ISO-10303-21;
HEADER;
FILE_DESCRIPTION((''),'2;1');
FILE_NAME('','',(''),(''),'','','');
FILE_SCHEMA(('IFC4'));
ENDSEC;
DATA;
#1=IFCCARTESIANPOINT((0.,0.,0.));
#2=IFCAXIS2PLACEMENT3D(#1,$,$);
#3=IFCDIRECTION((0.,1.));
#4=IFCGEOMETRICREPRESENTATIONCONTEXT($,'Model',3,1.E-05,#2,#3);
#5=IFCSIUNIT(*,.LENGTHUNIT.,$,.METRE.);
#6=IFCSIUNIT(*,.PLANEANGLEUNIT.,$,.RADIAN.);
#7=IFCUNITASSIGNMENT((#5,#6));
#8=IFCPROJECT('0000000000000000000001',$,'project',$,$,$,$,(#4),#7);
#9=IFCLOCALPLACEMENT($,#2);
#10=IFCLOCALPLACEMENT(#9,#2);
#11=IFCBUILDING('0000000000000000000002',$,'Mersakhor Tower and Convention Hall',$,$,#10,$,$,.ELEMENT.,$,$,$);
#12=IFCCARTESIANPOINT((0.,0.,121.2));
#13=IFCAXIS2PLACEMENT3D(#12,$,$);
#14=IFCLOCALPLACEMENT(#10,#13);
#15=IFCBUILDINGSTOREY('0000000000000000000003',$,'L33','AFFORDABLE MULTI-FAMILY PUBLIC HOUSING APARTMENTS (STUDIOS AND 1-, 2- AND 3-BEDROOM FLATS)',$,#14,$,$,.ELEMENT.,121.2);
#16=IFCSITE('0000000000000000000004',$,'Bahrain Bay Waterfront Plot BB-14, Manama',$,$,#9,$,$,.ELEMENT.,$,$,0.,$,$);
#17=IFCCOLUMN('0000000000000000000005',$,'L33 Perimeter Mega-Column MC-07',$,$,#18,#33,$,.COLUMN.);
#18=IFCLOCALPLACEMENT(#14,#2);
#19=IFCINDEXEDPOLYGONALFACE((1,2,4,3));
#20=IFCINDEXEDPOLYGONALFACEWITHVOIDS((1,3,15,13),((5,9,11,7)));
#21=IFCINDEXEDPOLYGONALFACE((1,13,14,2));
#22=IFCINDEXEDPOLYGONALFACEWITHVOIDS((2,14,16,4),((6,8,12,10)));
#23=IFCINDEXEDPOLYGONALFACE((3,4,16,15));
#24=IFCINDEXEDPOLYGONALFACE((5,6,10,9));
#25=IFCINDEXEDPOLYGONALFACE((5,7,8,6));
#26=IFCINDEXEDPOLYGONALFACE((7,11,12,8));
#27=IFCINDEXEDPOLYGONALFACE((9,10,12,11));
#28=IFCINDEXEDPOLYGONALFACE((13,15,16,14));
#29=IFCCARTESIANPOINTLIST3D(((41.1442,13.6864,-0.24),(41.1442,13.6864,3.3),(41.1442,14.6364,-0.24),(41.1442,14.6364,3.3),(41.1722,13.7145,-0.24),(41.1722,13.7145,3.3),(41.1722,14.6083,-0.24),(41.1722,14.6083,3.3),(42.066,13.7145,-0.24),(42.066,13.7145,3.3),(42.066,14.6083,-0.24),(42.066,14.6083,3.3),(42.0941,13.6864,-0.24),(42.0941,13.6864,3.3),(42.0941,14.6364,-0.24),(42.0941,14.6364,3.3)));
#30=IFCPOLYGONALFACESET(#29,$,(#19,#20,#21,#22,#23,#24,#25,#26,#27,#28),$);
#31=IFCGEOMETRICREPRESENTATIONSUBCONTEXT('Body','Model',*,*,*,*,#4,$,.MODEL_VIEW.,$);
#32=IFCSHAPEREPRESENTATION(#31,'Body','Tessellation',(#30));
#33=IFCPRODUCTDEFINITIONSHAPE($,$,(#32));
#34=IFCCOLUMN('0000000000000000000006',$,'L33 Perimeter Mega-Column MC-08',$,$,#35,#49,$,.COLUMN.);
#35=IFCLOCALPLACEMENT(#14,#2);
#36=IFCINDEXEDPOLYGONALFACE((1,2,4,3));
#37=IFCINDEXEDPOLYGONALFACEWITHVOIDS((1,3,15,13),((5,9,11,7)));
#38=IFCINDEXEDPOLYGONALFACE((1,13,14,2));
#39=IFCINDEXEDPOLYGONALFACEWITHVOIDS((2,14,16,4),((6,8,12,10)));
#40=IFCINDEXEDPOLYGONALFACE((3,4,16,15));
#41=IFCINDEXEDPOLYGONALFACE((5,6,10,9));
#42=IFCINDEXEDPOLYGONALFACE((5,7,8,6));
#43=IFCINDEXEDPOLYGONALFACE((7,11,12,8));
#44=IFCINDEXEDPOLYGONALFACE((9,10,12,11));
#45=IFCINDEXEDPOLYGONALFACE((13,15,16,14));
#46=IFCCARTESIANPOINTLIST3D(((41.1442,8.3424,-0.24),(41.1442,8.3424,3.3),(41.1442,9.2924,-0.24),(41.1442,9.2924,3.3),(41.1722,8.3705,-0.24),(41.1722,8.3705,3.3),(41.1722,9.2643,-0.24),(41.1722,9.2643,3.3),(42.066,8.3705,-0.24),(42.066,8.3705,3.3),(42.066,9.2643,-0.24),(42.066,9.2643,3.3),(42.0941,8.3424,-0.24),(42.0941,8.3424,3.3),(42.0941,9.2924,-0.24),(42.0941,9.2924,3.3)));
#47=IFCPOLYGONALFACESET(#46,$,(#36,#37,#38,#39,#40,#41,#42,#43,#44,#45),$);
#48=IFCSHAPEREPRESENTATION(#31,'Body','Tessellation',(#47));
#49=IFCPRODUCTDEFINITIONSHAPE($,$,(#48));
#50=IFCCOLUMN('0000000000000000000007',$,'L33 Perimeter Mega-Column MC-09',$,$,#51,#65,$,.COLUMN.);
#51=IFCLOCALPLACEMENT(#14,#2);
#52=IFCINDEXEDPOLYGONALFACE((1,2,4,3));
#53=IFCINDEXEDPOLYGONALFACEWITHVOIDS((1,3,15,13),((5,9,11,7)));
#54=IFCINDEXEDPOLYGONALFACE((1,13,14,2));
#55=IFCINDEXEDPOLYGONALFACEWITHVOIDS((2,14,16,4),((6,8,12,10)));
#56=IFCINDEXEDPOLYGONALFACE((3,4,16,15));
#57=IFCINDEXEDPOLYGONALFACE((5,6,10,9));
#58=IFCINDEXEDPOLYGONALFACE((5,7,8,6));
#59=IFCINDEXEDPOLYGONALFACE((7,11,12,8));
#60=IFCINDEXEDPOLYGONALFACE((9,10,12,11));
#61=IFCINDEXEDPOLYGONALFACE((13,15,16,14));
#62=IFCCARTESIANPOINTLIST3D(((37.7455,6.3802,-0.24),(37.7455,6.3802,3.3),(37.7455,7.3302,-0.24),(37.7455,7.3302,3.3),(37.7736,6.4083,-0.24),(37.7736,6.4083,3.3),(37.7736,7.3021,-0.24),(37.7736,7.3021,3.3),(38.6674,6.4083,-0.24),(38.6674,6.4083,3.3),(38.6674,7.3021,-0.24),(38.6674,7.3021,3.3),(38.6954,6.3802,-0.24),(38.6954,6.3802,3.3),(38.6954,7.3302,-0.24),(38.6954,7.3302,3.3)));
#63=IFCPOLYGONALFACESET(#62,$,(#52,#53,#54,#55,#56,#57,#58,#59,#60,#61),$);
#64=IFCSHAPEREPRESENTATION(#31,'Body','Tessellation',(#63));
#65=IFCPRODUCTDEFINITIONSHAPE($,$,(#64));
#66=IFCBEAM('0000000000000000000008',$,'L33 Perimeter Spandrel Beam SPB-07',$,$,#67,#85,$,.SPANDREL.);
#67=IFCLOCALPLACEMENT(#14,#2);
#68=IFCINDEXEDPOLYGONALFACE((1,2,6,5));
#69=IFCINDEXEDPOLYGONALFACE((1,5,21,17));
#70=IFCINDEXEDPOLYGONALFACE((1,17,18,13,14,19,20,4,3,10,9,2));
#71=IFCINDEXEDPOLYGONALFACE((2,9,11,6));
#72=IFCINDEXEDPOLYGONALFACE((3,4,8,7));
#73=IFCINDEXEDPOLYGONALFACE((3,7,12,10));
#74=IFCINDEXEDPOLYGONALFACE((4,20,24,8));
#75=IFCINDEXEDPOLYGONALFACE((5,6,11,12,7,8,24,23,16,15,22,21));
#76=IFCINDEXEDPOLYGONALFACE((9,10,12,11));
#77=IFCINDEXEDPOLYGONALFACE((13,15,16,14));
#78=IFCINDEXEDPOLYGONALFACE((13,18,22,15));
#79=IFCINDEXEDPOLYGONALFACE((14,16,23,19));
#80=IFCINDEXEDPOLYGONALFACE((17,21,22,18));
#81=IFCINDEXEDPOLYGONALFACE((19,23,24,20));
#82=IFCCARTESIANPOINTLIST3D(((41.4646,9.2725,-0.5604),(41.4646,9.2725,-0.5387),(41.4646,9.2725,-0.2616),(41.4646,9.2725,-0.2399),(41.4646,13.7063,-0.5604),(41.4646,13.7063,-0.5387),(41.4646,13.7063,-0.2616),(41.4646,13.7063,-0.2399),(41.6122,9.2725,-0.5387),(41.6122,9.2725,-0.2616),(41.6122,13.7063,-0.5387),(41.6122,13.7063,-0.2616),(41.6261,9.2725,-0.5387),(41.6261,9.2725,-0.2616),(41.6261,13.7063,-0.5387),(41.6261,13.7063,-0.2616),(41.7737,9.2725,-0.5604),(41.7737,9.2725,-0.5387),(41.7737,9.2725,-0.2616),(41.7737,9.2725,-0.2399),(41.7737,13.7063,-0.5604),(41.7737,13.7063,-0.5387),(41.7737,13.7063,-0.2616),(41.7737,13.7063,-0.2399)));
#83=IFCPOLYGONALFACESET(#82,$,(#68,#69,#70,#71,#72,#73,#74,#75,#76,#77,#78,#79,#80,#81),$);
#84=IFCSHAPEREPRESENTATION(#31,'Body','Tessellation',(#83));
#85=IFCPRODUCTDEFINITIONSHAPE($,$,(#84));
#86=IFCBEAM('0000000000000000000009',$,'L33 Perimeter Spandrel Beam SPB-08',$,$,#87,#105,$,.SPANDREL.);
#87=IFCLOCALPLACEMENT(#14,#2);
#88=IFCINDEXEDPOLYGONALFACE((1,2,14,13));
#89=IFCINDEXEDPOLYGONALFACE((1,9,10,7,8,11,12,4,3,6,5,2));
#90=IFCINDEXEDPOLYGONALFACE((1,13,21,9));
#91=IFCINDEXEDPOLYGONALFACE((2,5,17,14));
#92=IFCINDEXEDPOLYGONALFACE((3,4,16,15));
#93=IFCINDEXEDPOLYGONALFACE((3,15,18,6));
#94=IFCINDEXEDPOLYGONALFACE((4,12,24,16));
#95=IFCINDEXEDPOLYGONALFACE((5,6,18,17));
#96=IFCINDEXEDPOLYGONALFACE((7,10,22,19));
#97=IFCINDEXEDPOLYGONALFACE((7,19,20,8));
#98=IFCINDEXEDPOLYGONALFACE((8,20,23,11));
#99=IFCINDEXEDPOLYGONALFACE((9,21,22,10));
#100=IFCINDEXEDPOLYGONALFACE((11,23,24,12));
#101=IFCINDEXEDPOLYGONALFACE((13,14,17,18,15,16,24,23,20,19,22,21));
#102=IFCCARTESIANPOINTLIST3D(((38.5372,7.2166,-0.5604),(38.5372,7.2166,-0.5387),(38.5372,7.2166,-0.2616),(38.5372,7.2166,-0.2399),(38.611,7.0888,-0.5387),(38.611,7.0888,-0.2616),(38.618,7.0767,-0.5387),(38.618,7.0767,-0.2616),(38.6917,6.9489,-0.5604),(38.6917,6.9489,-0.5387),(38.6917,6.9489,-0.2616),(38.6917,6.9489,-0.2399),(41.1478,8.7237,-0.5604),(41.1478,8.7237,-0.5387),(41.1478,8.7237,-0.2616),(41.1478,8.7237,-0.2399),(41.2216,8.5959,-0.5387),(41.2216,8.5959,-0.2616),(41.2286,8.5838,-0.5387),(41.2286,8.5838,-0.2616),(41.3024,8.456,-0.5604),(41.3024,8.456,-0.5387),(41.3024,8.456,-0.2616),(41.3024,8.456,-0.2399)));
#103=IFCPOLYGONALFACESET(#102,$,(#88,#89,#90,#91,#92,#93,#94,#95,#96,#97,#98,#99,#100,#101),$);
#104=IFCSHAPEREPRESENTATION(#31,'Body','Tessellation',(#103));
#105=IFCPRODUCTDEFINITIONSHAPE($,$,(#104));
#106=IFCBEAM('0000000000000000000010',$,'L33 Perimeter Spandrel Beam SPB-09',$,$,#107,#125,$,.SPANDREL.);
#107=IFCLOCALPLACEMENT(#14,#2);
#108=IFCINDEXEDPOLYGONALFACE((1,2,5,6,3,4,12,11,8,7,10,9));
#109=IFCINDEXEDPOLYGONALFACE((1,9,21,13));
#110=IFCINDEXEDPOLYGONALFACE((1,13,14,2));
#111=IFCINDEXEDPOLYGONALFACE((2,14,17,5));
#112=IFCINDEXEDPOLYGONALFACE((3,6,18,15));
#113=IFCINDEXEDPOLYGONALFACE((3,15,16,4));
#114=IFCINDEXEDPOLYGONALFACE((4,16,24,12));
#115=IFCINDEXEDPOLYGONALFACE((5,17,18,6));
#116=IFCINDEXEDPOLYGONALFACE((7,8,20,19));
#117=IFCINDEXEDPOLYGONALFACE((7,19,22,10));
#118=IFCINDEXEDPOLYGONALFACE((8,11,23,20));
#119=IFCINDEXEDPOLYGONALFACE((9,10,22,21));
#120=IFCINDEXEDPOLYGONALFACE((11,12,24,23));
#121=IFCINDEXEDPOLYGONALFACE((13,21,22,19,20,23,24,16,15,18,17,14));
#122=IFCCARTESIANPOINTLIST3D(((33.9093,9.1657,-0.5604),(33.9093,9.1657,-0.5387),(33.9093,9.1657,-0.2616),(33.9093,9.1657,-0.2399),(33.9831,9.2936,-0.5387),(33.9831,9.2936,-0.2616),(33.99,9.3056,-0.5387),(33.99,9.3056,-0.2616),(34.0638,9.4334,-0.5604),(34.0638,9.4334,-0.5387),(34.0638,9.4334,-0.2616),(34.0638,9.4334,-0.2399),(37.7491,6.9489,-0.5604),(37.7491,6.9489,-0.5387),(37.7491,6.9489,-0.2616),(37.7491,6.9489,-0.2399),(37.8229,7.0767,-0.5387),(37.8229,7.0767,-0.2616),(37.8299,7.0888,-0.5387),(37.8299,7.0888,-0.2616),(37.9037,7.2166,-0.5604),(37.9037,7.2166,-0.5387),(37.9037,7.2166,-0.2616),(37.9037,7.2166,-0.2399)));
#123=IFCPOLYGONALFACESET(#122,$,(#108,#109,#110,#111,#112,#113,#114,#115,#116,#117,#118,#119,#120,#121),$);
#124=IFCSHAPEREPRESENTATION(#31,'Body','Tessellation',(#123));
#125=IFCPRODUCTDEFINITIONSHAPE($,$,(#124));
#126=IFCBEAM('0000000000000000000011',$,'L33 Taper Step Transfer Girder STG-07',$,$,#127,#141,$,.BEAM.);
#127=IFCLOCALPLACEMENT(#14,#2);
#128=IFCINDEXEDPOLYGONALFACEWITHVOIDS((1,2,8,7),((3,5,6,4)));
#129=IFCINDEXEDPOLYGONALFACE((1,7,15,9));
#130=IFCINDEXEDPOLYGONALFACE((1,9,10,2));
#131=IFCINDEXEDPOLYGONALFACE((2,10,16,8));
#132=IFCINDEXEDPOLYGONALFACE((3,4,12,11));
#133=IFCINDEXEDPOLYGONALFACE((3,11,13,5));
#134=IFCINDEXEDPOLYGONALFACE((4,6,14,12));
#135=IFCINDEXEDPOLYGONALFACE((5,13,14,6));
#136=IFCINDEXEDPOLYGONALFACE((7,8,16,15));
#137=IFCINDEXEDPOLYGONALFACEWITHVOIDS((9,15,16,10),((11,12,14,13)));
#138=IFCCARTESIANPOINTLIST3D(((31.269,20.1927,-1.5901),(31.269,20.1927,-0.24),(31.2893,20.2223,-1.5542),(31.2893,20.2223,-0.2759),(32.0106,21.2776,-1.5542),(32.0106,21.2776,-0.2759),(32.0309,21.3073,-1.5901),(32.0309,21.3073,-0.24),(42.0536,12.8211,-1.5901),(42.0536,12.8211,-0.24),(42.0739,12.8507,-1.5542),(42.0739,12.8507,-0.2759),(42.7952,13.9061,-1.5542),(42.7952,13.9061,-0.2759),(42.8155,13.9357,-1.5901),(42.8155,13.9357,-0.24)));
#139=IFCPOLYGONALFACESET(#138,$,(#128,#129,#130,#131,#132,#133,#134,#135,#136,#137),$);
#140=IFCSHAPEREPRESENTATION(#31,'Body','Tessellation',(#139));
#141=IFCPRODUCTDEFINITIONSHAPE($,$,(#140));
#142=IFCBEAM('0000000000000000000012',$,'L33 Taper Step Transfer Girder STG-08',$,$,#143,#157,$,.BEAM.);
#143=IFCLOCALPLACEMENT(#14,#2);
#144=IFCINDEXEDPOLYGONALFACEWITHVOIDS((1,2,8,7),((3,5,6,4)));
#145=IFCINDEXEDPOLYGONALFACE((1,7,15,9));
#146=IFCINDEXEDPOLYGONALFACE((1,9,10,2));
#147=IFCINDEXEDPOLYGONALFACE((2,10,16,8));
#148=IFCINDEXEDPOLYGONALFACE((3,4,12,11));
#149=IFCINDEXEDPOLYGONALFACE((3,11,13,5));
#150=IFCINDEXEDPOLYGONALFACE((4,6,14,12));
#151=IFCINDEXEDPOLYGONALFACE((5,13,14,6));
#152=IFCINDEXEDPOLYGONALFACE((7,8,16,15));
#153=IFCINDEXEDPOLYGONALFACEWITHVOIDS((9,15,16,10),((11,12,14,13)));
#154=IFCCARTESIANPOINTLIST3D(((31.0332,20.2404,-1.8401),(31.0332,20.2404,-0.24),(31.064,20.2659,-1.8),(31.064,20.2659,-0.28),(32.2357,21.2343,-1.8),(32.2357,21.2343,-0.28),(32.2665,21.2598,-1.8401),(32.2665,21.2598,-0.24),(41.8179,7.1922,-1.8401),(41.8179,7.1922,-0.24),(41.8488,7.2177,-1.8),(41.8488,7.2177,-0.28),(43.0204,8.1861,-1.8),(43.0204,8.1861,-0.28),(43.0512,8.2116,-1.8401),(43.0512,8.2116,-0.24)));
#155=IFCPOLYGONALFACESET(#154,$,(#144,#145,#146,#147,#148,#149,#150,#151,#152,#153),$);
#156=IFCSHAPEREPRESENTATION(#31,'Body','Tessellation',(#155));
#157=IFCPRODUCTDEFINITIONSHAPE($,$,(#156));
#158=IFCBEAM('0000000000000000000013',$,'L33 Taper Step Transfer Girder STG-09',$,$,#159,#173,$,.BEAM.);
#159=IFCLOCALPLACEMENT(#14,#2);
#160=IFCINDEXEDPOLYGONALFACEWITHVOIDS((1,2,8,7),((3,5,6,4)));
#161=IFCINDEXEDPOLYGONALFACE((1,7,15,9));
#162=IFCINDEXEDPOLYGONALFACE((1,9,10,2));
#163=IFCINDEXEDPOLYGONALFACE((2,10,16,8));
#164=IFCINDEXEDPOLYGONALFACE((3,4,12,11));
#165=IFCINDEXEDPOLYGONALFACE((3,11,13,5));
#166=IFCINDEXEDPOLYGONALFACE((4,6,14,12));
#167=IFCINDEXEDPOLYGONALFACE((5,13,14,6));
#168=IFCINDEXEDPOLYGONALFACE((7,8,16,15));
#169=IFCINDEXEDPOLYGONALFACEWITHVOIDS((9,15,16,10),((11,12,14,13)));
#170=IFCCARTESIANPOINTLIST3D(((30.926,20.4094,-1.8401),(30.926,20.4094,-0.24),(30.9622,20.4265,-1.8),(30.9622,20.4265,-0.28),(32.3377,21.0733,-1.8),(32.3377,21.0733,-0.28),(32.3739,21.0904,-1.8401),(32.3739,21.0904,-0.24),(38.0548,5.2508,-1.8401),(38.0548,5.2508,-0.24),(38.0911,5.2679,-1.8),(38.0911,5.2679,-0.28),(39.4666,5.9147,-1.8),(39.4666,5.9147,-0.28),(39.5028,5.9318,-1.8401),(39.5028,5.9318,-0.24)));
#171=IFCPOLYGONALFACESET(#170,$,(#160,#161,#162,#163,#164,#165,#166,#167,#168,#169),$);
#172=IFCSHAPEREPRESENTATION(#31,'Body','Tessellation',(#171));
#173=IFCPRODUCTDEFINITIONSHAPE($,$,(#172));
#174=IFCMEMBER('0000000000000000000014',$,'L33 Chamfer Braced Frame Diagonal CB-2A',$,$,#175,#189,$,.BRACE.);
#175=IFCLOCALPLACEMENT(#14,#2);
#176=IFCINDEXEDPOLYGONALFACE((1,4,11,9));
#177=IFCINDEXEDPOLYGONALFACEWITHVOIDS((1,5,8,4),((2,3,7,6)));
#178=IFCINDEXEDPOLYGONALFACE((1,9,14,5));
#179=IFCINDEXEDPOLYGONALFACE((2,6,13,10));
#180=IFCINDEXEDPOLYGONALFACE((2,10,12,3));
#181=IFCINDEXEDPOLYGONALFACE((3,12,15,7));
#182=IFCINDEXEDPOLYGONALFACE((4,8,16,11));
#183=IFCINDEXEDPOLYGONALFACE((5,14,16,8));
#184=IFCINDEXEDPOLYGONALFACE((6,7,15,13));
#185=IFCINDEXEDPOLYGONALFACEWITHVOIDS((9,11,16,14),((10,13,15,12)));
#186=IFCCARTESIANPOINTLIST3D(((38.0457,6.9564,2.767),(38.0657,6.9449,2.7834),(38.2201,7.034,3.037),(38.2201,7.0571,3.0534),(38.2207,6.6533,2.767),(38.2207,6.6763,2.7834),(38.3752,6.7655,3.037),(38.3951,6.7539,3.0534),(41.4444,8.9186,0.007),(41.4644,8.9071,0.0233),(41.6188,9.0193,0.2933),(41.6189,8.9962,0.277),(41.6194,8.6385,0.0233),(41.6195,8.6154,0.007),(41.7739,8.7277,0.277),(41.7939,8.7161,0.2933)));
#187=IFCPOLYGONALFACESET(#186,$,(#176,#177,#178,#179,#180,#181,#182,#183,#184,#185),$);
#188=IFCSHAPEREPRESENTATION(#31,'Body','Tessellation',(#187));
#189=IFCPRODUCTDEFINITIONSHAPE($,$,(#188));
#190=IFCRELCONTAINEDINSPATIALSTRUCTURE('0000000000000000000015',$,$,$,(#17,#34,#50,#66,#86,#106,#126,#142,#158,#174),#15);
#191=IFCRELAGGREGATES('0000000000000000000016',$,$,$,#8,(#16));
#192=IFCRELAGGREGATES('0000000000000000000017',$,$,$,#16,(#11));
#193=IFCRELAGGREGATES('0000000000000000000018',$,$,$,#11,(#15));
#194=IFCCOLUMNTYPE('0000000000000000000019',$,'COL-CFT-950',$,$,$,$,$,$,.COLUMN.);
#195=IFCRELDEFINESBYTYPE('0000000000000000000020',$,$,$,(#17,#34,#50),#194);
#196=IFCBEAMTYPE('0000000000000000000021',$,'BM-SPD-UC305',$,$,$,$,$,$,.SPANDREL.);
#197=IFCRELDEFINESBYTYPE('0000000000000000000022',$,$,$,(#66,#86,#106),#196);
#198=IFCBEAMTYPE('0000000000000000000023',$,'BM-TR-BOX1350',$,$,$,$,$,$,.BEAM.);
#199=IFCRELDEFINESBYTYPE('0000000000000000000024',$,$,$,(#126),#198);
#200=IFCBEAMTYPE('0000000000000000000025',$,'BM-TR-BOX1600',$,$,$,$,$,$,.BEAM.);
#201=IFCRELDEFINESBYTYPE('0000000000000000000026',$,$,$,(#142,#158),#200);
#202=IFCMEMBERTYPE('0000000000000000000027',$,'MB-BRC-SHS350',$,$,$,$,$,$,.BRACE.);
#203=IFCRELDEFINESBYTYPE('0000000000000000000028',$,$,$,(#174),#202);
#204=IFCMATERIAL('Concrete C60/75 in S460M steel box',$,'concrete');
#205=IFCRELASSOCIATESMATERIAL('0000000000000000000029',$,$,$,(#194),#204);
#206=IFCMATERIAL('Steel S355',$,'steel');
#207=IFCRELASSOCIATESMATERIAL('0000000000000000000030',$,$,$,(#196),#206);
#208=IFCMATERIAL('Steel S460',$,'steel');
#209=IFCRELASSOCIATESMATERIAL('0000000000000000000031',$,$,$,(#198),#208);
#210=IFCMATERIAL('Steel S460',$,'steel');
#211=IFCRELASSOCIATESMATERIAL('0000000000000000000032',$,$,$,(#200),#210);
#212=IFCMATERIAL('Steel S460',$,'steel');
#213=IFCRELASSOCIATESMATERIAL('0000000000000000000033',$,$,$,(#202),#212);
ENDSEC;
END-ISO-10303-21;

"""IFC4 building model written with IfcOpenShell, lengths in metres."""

from ifc_helpers import new_model, si_unit, direction, frame, origin, origin_2d, place, context, subcontext, project, spatial, hollow_rectangle, i_section, extrude, material, material_profile, profile_set, type_object, element, save


model = new_model("IFC4")

# Units and contexts
model_context = context("Model", 3, precision=1e-05, world=origin(), true_north=direction((0.0, 1.0)))
body_context = subcontext(model_context, "Body", "Model", "MODEL_VIEW")
ifc_project = project(units=[si_unit("LENGTHUNIT", "METRE"), si_unit("PLANEANGLEUNIT", "RADIAN")], contexts=[model_context])

# Site, building, storey
site_placement = place(None, origin())
site = spatial("IfcSite", under=ifc_project, at=site_placement, Name="Bahrain Bay Waterfront Plot BB-14, Manama", CompositionType="ELEMENT", RefElevation=0.0)
building_placement = place(site_placement, origin())
building = spatial("IfcBuilding", under=site, at=building_placement, Name="Mersakhor Tower and Convention Hall", CompositionType="ELEMENT")
storey_placement = place(building_placement, frame((0.0, 0.0, 121.2)))
storey = spatial("IfcBuildingStorey", under=building, at=storey_placement, Name="L33", Description="AFFORDABLE MULTI-FAMILY PUBLIC HOUSING APARTMENTS (STUDIOS AND 1-, 2- AND 3-BEDROOM FLATS)", CompositionType="ELEMENT", Elevation=121.2)

# Columns
ifc_material_1 = material(Name="Concrete C60/75 in S460M steel box", Category="concrete")
ifc_material_profile_1 = material_profile(ifc_material_1, hollow_rectangle(XDim=0.95, YDim=0.95, WallThickness=0.0281, at=origin_2d()), Name="SHS 950x950x28")
ifc_profile_set_1 = profile_set([ifc_material_profile_1], Name="Concrete C60/75 in S460M steel box")
column_type = type_object("IfcColumnType", Name="COL-CFT-950", PredefinedType="COLUMN", material=ifc_profile_set_1)
for number, where, z_axis, x_axis, name in (
    (1, (41.6191, 14.1614, -0.24), (0.0, 0.0, 1.0), (1.0, 0.0, 0.0), "L33 Perimeter Mega-Column MC-07"),
    (2, (41.6191, 8.8174, -0.24), (0.0, 0.0, 1.0), (1.0, 0.0, 0.0), "L33 Perimeter Mega-Column MC-08"),
    (3, (38.2205, 6.8552, -0.24), (0.0, 0.0, 1.0), (1.0, 0.0, 0.0), "L33 Perimeter Mega-Column MC-09"),
):
    element("IfcColumn", number, at=place(storey_placement, frame(where, z_axis=z_axis, x_axis=x_axis)), inside=storey, type_object=column_type, Name=name, PredefinedType="COLUMN", context=body_context, shape_type="SweptSolid", body=[
        extrude(hollow_rectangle(XDim=0.95, YDim=0.95, WallThickness=0.0281, at=origin_2d()), origin(), (0.0, 0.0, 1.0), 3.54),
    ])

# Beams
ifc_material_2 = material(Name="Steel S355", Category="steel")
ifc_material_profile_2 = material_profile(ifc_material_2, i_section(OverallWidth=0.3091, OverallDepth=0.3206, WebThickness=0.0139, FlangeThickness=0.0217, at=origin_2d()), Name="UC 305x305x137")
ifc_profile_set_2 = profile_set([ifc_material_profile_2], Name="Steel S355")
beam_type_1 = type_object("IfcBeamType", Name="BM-SPD-UC305", PredefinedType="SPANDREL", material=ifc_profile_set_2)
beam_1_placement = place(storey_placement, frame((41.6191, 13.7063, -0.4001), z_axis=(0.0, -1.0, 0.0), x_axis=(1.0, 0.0, 0.0)))
element("IfcBeam", 4, at=beam_1_placement, inside=storey, type_object=beam_type_1, Name="L33 Perimeter Spandrel Beam SPB-07", PredefinedType="SPANDREL", context=body_context, shape_type="SweptSolid", body=[
    extrude(i_section(OverallWidth=0.3091, OverallDepth=0.3206, WebThickness=0.0139, FlangeThickness=0.0217, at=origin_2d()), origin(), (0.0, 0.0, 1.0), 4.4338),
])
beam_2_placement = place(storey_placement, frame((41.2251, 8.5898, -0.4001), z_axis=(-0.866047, -0.499963, 0.0), x_axis=(0.499963, -0.866047, 0.0)))
element("IfcBeam", 5, at=beam_2_placement, inside=storey, type_object=beam_type_1, Name="L33 Perimeter Spandrel Beam SPB-08", PredefinedType="SPANDREL", context=body_context, shape_type="SweptSolid", body=[
    extrude(i_section(OverallWidth=0.3091, OverallDepth=0.3206, WebThickness=0.0139, FlangeThickness=0.0217, at=origin_2d()), origin(), (0.0, 0.0, 1.0), 3.0144),
])
beam_3_placement = place(storey_placement, frame((37.8264, 7.0828, -0.4001), z_axis=(-0.866039, 0.499977, 0.0), x_axis=(-0.499977, -0.866039, 0.0)))
element("IfcBeam", 6, at=beam_3_placement, inside=storey, type_object=beam_type_1, Name="L33 Perimeter Spandrel Beam SPB-09", PredefinedType="SPANDREL", context=body_context, shape_type="SweptSolid", body=[
    extrude(i_section(OverallWidth=0.3091, OverallDepth=0.3206, WebThickness=0.0139, FlangeThickness=0.0217, at=origin_2d()), origin(), (0.0, 0.0, 1.0), 4.4338),
])
ifc_material_3 = material(Name="Steel S460", Category="steel")
ifc_material_profile_3 = material_profile(ifc_material_3, hollow_rectangle(XDim=1.3501, YDim=1.3501, WallThickness=0.0359, at=origin_2d()), Name="SHS 1350x1350x36")
ifc_profile_set_3 = profile_set([ifc_material_profile_3], Name="Steel S460")
beam_type_2 = type_object("IfcBeamType", Name="BM-TR-BOX1350", PredefinedType="BEAM", material=ifc_profile_set_3)
beam_4_placement = place(storey_placement, frame((42.4346, 13.3784, -0.915), z_axis=(-0.825571, 0.564298, 0.0), x_axis=(-0.564298, -0.825571, 0.0)))
element("IfcBeam", 7, at=beam_4_placement, inside=storey, type_object=beam_type_2, Name="L33 Taper Step Transfer Girder STG-07", PredefinedType="BEAM", context=body_context, shape_type="SweptSolid", body=[
    extrude(hollow_rectangle(XDim=1.3501, YDim=1.3501, WallThickness=0.0359, at=origin_2d()), origin(), (0.0, 0.0, 1.0), 13.0632),
])
ifc_material_4 = material(Name="Steel S460", Category="steel")
ifc_material_profile_4 = material_profile(ifc_material_4, hollow_rectangle(XDim=1.6001, YDim=1.6001, WallThickness=0.04, at=origin_2d()), Name="SHS 1600x1600x40")
ifc_profile_set_4 = profile_set([ifc_material_profile_4], Name="Steel S460")
beam_type_3 = type_object("IfcBeamType", Name="BM-TR-BOX1600", PredefinedType="BEAM", material=ifc_profile_set_4)
beam_5_placement = place(storey_placement, frame((42.4346, 7.7019, -1.04), z_axis=(-0.637085, 0.770793, 0.0), x_axis=(-0.770793, -0.637085, 0.0)))
element("IfcBeam", 8, at=beam_5_placement, inside=storey, type_object=beam_type_3, Name="L33 Taper Step Transfer Girder STG-08", PredefinedType="BEAM", context=body_context, shape_type="SweptSolid", body=[
    extrude(hollow_rectangle(XDim=1.6001, YDim=1.6001, WallThickness=0.04, at=origin_2d()), origin(), (0.0, 0.0, 1.0), 16.9282),
])
beam_6_placement = place(storey_placement, frame((38.7788, 5.5913, -1.04), z_axis=(-0.425572, 0.904924, 0.0), x_axis=(-0.904924, -0.425572, 0.0)))
element("IfcBeam", 9, at=beam_6_placement, inside=storey, type_object=beam_type_3, Name="L33 Taper Step Transfer Girder STG-09", PredefinedType="BEAM", context=body_context, shape_type="SweptSolid", body=[
    extrude(hollow_rectangle(XDim=1.6001, YDim=1.6001, WallThickness=0.04, at=origin_2d()), origin(), (0.0, 0.0, 1.0), 16.7512),
])

# Member
ifc_material_5 = material(Name="Steel S460", Category="steel")
ifc_material_profile_5 = material_profile(ifc_material_5, hollow_rectangle(XDim=0.3501, YDim=0.3501, WallThickness=0.02, at=origin_2d()), Name="SHS 350x350x20")
ifc_profile_set_5 = profile_set([ifc_material_profile_5], Name="Steel S460")
member_type = type_object("IfcMemberType", Name="MB-BRC-SHS350", PredefinedType="BRACE", material=ifc_profile_set_5)
member_placement = place(storey_placement, frame((41.6191, 8.8174, 0.1501), z_axis=(-0.708385, -0.408972, 0.575267), x_axis=(0.499986, -0.866033, 0.0)))
element("IfcMember", 10, at=member_placement, inside=storey, type_object=member_type, Name="L33 Chamfer Braced Frame Diagonal CB-2A", PredefinedType="BRACE", context=body_context, shape_type="SweptSolid", body=[
    extrude(hollow_rectangle(XDim=0.3501, YDim=0.3501, WallThickness=0.02, at=origin_2d()), origin(), (0.0, 0.0, 1.0), 4.7979),
])

save(model, "model.ifc")
